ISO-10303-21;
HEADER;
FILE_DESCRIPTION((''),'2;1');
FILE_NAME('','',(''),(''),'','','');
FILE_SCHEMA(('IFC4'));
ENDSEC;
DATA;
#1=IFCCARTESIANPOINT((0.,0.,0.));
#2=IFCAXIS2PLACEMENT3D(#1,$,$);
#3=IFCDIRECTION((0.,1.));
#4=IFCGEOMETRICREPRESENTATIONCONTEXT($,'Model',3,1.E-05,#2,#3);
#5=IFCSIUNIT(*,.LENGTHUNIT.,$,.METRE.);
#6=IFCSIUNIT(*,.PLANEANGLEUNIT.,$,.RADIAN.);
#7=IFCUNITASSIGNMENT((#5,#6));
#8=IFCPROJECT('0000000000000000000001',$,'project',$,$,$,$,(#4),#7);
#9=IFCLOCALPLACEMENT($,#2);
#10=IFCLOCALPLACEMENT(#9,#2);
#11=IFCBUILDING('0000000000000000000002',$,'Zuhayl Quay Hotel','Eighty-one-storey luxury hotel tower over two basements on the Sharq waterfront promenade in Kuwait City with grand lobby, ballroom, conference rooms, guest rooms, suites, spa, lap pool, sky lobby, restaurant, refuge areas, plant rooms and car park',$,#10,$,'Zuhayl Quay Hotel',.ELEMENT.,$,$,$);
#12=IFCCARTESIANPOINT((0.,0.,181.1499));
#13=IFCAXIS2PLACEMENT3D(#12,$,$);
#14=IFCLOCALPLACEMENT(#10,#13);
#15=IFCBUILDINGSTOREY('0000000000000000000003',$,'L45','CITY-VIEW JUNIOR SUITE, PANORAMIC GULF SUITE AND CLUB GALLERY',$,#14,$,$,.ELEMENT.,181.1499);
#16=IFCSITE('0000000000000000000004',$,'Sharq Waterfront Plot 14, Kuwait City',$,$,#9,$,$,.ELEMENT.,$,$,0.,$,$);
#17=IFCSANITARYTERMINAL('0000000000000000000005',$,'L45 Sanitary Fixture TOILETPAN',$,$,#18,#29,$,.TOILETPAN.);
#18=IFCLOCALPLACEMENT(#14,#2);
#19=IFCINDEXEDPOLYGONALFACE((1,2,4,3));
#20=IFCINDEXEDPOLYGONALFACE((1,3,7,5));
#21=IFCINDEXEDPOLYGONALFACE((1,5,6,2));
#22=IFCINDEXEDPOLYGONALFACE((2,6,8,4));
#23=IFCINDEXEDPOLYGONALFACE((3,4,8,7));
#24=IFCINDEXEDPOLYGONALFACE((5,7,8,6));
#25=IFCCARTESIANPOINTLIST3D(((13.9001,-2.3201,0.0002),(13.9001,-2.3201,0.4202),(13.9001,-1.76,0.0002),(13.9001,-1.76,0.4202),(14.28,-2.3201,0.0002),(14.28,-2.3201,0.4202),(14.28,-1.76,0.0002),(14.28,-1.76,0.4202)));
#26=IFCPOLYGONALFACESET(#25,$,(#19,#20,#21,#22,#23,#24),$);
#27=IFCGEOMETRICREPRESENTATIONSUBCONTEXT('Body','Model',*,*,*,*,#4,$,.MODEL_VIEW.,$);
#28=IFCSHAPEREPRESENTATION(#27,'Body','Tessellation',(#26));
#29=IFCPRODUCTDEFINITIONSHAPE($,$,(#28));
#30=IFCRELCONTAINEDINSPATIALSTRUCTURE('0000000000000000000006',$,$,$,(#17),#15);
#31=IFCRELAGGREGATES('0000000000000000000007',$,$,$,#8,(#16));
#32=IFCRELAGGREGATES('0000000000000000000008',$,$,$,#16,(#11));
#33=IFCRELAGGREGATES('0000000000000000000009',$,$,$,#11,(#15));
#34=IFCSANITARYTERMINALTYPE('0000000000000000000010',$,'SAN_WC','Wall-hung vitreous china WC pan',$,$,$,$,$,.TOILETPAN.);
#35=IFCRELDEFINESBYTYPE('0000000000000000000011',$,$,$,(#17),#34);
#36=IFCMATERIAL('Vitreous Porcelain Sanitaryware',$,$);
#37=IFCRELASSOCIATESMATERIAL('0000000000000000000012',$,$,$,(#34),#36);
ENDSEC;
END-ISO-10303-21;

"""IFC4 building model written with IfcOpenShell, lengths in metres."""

from ifc_helpers import new_model, si_unit, direction, frame, origin, origin_2d, place, context, subcontext, project, spatial, rectangle, extrude, material, type_object, element, save


model = new_model("IFC4")

# Units and contexts
model_context = context("Model", 3, precision=1e-05, world=origin(), true_north=direction((0.0, 1.0)))
body_context = subcontext(model_context, "Body", "Model", "MODEL_VIEW")
ifc_project = project(units=[si_unit("LENGTHUNIT", "METRE"), si_unit("PLANEANGLEUNIT", "RADIAN")], contexts=[model_context])

# Site, building, storey
site_placement = place(None, origin())
site = spatial("IfcSite", under=ifc_project, at=site_placement, Name="Sharq Waterfront Plot 14, Kuwait City", CompositionType="ELEMENT", RefElevation=0.0)
building_placement = place(site_placement, origin())
building = spatial("IfcBuilding", under=site, at=building_placement, Name="Zuhayl Quay Hotel", Description="Eighty-one-storey luxury hotel tower over two basements on the Sharq waterfront promenade in Kuwait City with grand lobby, ballroom, conference rooms, guest rooms, suites, spa, lap pool, sky lobby, restaurant, refuge areas, plant rooms and car park", LongName="Zuhayl Quay Hotel", CompositionType="ELEMENT")
storey_placement = place(building_placement, frame((0.0, 0.0, 181.1499)))
storey = spatial("IfcBuildingStorey", under=building, at=storey_placement, Name="L45", Description="CITY-VIEW JUNIOR SUITE, PANORAMIC GULF SUITE AND CLUB GALLERY", CompositionType="ELEMENT", Elevation=181.1499)

# Sanitary terminal
ifc_material_1 = material(Name="Vitreous Porcelain Sanitaryware")
sanitary_terminal_type_1 = type_object("IfcSanitaryTerminalType", Name="SAN_WC", Description="Wall-hung vitreous china WC pan", PredefinedType="TOILETPAN", material=ifc_material_1)
sanitary_terminal_1_placement = place(storey_placement, frame((14.0901, -2.04, 0.0002), z_axis=(0.0, 0.0, 1.0), x_axis=(1.0, 0.0, 0.0)))
element("IfcSanitaryTerminal", 1, at=sanitary_terminal_1_placement, inside=storey, type_object=sanitary_terminal_type_1, Name="L45 Sanitary Fixture TOILETPAN", PredefinedType="TOILETPAN", context=body_context, shape_type="SweptSolid", body=[
    extrude(rectangle(XDim=0.3799, YDim=0.5601, at=origin_2d()), origin(), (0.0, 0.0, 1.0), 0.4199),
])

save(model, "model.ifc")
